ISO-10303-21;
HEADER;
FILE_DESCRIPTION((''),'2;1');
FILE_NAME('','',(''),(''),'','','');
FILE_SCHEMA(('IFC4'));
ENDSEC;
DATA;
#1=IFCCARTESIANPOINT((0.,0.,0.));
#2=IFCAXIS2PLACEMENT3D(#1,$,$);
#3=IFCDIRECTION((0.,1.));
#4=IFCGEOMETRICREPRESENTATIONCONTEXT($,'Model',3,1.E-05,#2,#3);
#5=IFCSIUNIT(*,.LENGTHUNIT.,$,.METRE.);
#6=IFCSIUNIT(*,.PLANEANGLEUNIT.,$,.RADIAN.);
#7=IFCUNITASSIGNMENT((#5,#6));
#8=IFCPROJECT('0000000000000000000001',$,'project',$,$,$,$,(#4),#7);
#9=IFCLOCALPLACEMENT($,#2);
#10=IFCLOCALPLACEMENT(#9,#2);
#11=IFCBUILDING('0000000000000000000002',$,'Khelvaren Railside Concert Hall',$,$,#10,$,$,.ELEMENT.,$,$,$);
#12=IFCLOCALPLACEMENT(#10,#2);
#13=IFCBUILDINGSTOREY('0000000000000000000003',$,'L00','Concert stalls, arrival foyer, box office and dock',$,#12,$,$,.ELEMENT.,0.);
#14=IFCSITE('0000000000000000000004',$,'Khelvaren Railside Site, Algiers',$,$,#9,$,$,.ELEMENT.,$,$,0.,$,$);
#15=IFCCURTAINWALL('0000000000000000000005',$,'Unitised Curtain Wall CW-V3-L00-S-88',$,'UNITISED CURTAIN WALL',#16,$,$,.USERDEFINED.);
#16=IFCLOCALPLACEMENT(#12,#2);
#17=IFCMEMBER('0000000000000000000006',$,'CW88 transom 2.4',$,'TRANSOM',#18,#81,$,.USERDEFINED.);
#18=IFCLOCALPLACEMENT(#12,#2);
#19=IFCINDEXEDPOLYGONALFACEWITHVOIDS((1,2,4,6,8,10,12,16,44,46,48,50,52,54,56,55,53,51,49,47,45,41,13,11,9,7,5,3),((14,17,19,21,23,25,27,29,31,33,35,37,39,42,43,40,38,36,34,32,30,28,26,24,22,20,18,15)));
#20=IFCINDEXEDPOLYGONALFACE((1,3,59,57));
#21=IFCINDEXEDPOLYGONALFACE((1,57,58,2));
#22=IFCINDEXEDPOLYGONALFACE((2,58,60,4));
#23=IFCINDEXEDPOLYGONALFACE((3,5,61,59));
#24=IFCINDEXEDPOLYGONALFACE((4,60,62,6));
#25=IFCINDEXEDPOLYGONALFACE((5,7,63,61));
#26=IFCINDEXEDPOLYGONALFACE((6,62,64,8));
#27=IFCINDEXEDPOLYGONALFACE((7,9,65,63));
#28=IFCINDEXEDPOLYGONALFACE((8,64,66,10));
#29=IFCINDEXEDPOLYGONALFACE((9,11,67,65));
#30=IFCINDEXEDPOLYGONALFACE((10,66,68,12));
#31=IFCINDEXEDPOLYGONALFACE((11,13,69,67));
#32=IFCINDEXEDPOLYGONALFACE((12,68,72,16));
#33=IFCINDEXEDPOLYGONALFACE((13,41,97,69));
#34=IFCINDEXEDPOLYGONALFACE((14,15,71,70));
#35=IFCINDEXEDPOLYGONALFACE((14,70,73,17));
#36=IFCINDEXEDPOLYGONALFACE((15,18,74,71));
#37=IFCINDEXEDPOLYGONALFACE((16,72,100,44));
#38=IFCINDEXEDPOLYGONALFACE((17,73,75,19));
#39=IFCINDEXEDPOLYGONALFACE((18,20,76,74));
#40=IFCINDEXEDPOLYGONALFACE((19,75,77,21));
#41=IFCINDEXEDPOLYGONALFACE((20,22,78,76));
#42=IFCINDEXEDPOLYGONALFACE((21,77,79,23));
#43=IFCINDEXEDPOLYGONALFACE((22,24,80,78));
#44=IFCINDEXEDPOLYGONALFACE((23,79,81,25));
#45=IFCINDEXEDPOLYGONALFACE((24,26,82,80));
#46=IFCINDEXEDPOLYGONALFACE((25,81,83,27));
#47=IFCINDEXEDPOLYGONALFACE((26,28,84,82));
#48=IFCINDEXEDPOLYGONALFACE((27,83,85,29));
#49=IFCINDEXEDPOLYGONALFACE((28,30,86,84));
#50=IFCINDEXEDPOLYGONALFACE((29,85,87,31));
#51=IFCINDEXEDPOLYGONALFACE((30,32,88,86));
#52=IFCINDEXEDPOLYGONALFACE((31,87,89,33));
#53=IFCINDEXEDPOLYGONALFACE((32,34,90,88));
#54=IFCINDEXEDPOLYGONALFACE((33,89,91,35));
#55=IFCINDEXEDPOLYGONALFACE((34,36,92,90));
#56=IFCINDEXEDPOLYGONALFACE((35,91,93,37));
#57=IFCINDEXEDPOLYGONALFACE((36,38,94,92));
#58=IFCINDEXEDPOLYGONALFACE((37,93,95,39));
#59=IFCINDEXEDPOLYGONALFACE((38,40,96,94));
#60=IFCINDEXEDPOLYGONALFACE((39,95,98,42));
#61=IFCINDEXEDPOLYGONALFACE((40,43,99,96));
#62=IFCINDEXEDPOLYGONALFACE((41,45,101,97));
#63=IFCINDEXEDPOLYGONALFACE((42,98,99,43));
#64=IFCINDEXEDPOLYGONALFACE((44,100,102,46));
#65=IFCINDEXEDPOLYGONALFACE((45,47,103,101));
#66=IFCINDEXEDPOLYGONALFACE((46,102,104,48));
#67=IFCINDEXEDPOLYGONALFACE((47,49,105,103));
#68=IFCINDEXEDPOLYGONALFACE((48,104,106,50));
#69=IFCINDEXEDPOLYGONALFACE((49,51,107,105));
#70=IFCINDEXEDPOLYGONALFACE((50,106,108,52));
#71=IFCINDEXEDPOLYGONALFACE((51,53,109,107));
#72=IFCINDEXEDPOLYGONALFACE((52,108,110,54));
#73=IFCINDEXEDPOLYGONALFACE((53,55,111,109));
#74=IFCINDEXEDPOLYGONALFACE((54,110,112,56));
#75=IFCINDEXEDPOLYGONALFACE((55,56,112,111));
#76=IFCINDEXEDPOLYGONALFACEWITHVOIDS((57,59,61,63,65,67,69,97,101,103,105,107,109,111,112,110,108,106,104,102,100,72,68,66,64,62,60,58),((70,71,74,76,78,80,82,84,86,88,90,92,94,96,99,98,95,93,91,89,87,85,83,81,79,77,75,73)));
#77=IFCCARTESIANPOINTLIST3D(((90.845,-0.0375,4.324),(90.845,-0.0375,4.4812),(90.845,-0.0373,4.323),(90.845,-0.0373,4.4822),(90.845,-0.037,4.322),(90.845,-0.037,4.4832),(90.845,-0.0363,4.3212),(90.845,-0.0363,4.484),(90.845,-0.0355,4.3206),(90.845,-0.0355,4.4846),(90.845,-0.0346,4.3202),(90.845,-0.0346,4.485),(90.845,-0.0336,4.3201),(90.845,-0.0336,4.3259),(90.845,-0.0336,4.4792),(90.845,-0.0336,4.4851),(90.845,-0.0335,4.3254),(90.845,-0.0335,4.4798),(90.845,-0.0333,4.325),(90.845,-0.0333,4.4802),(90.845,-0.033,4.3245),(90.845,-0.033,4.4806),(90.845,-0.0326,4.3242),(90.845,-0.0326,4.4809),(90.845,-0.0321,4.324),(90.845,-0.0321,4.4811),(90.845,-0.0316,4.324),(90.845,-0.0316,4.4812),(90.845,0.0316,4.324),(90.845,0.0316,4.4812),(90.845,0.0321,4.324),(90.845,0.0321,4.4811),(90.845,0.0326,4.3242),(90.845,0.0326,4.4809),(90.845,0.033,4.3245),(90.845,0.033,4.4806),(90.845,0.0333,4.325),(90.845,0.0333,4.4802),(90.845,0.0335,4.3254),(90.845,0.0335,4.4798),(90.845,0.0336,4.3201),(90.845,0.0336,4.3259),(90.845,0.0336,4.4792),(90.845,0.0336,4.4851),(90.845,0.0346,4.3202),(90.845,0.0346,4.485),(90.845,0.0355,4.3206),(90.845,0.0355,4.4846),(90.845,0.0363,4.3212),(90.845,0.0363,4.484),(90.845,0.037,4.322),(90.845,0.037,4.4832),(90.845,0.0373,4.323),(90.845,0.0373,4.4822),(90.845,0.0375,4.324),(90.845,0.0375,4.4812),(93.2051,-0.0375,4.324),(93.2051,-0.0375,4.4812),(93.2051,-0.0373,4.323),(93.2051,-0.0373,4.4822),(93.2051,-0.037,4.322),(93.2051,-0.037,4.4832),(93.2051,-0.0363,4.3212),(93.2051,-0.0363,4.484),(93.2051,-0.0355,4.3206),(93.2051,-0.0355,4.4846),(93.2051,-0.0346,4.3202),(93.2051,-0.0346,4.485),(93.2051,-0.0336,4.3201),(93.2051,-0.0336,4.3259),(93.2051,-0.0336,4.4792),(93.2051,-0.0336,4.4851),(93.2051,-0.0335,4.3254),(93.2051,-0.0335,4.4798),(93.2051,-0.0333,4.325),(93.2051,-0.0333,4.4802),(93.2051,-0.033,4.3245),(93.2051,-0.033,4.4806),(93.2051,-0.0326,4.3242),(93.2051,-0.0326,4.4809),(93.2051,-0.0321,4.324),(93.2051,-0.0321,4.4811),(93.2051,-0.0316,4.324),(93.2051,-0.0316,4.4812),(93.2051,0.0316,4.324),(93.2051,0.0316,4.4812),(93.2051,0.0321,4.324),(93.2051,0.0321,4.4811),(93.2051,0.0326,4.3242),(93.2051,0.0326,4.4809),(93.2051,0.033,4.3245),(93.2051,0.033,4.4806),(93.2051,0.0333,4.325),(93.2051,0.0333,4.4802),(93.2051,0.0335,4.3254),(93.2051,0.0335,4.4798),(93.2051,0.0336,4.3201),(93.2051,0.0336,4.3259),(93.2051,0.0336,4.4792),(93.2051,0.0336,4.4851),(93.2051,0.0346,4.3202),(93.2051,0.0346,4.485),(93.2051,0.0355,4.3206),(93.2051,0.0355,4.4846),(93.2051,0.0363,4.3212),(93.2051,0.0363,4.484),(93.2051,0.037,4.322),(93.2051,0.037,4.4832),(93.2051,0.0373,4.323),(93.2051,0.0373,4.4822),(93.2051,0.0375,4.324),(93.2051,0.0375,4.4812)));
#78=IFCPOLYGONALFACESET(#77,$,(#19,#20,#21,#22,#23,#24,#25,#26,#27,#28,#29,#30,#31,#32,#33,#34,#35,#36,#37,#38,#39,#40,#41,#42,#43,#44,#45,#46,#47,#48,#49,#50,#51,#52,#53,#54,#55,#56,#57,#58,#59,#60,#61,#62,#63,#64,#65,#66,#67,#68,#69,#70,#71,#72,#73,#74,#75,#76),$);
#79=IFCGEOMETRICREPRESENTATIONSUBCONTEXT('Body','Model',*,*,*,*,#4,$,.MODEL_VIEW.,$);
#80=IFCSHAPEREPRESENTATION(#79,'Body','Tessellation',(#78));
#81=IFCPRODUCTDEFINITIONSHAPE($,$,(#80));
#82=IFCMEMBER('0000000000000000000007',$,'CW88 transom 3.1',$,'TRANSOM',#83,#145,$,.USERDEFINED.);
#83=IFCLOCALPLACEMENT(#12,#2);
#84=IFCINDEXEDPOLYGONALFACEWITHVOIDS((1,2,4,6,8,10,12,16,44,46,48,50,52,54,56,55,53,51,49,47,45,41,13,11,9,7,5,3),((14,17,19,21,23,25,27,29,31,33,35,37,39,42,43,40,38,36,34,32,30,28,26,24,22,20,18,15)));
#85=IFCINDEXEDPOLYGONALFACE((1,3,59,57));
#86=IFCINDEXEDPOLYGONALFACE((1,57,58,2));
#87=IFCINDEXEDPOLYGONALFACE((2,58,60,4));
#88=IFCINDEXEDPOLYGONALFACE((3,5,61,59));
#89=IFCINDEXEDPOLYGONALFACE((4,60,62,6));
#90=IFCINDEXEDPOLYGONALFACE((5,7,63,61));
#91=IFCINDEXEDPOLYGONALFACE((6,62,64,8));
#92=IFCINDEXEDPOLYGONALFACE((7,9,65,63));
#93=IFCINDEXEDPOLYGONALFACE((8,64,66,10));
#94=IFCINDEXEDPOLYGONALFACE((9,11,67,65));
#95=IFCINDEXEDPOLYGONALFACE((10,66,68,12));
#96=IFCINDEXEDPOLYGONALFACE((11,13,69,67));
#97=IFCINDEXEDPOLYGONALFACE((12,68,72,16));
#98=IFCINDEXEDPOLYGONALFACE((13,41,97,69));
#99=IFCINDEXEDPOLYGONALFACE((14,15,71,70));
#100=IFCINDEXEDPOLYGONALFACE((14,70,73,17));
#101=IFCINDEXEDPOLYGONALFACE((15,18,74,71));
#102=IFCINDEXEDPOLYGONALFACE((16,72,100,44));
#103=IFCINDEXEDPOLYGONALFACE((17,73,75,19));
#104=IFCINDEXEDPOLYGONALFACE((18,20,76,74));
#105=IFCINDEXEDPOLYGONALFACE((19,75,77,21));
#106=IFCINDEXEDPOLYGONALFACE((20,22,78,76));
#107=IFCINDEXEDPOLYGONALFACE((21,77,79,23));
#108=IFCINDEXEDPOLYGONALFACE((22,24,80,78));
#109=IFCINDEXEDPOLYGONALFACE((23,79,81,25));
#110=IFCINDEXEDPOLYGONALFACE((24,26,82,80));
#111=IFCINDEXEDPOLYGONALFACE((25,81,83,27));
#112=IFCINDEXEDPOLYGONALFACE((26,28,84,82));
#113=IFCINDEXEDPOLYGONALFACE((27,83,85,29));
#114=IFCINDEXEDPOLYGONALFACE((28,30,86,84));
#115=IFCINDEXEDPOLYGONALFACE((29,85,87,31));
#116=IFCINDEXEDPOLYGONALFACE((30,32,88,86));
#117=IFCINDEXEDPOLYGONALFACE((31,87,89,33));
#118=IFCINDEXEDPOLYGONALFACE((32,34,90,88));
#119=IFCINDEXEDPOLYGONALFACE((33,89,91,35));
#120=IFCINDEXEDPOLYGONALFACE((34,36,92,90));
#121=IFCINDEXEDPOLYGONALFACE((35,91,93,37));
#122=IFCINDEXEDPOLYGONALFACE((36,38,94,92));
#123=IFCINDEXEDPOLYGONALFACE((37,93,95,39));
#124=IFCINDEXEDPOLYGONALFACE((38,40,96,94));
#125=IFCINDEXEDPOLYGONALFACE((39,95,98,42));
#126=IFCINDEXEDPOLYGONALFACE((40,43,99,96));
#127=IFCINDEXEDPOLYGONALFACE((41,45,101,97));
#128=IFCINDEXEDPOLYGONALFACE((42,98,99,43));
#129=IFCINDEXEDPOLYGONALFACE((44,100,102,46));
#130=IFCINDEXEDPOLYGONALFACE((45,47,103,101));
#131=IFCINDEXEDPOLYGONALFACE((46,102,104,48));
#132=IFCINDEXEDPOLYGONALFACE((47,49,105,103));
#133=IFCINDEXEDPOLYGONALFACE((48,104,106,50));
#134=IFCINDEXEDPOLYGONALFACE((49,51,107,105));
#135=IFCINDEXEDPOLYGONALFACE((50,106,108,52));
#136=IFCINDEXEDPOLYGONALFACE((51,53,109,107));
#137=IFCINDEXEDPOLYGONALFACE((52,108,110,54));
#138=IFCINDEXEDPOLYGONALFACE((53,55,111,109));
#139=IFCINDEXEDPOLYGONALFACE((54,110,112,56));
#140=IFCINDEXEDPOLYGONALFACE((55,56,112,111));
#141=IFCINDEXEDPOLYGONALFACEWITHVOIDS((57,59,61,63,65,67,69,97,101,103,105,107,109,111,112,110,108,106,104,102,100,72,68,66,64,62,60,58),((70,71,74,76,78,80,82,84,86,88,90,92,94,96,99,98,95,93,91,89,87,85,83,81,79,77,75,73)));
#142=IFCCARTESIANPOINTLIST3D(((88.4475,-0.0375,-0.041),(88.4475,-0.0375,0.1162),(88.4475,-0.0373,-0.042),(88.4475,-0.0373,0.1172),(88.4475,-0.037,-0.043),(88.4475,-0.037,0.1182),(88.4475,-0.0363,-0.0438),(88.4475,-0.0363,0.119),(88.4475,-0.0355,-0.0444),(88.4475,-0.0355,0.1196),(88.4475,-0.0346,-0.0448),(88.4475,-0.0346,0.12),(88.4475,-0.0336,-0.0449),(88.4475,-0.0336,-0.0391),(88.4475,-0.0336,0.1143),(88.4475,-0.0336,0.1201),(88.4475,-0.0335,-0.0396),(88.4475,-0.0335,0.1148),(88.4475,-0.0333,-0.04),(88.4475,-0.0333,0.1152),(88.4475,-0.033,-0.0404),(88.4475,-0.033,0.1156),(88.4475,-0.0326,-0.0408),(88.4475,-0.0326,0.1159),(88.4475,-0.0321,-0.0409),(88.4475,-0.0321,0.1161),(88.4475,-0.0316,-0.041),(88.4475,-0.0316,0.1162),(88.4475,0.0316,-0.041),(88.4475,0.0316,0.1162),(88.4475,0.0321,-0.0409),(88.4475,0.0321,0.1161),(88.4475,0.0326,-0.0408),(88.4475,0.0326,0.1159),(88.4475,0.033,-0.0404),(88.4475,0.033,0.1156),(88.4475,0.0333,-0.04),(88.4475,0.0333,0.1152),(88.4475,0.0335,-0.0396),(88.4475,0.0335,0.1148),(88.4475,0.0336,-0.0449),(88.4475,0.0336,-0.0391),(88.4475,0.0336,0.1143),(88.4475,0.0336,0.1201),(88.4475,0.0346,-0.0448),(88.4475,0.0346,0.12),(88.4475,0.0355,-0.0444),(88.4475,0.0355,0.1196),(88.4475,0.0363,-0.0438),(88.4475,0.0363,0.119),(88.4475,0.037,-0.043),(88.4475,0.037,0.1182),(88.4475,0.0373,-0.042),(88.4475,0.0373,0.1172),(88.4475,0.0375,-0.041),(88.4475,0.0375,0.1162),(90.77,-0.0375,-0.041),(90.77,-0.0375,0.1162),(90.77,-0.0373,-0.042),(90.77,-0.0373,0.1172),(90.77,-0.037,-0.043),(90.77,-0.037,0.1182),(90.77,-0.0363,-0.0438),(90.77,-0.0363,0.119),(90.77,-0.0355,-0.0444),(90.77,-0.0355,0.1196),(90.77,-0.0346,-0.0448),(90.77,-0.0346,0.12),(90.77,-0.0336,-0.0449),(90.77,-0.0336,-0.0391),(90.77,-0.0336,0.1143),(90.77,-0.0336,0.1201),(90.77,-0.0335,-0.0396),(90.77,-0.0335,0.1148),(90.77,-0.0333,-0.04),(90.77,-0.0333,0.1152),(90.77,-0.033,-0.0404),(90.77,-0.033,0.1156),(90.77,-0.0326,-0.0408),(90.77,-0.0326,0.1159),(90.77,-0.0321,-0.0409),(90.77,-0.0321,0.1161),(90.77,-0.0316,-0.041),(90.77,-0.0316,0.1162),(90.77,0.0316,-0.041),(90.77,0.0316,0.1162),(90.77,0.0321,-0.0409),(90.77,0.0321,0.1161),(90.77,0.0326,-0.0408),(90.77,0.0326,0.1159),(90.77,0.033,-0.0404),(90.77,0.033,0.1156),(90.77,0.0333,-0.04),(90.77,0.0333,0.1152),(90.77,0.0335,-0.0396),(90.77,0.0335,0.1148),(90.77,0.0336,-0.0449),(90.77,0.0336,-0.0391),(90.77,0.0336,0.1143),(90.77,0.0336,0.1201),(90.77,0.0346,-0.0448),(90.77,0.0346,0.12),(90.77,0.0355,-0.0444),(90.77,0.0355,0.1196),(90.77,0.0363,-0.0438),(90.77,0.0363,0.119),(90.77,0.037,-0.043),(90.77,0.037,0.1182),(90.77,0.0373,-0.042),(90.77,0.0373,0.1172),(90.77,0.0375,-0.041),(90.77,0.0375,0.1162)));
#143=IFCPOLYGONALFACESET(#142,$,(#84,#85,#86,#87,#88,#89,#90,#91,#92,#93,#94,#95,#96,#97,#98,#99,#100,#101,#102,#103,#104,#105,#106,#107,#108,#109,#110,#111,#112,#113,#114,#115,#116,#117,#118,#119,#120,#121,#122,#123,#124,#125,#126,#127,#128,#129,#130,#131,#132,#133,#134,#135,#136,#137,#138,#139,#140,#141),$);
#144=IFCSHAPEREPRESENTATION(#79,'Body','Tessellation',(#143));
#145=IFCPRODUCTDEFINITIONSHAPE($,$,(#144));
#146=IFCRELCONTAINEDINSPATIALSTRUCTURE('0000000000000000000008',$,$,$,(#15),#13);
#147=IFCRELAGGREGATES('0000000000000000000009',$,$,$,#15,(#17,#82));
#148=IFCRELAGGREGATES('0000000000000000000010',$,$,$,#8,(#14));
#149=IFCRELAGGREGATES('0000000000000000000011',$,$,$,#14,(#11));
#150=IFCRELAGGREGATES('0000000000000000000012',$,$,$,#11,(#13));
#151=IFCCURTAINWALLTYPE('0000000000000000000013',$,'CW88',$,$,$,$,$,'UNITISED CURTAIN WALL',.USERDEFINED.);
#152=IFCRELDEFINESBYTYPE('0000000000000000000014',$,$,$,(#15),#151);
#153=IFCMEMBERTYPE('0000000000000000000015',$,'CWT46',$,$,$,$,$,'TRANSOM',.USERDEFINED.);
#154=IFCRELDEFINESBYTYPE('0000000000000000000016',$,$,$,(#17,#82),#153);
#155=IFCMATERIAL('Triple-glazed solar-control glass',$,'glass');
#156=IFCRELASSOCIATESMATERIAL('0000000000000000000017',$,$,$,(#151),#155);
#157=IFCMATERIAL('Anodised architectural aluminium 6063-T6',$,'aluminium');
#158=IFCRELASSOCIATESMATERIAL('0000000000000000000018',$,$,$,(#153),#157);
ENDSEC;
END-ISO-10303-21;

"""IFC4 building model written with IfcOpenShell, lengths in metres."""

from ifc_helpers import new_model, si_unit, direction, frame, origin, origin_2d, place, context, subcontext, project, spatial, hollow_rectangle, extrude, material, material_profile, profile_set, type_object, element, aggregate, save


model = new_model("IFC4")

# Units and contexts
model_context = context("Model", 3, precision=1e-05, world=origin(), true_north=direction((0.0, 1.0)))
body_context = subcontext(model_context, "Body", "Model", "MODEL_VIEW")
ifc_project = project(units=[si_unit("LENGTHUNIT", "METRE"), si_unit("PLANEANGLEUNIT", "RADIAN")], contexts=[model_context])

# Site, building, storey
site_placement = place(None, origin())
site = spatial("IfcSite", under=ifc_project, at=site_placement, Name="Khelvaren Railside Site, Algiers", CompositionType="ELEMENT", RefElevation=0.0)
building_placement = place(site_placement, origin())
building = spatial("IfcBuilding", under=site, at=building_placement, Name="Khelvaren Railside Concert Hall", CompositionType="ELEMENT")
storey_placement = place(building_placement, origin())
storey = spatial("IfcBuildingStorey", under=building, at=storey_placement, Name="L00", Description="Concert stalls, arrival foyer, box office and dock", CompositionType="ELEMENT", Elevation=0.0)

# Curtain wall, members
ifc_material_1 = material(Name="Triple-glazed solar-control glass", Category="glass")
curtain_wall_type = type_object("IfcCurtainWallType", Name="CW88", ElementType="UNITISED CURTAIN WALL", PredefinedType="USERDEFINED", material=ifc_material_1)
curtain_wall_placement = place(storey_placement, origin())
curtain_wall = element("IfcCurtainWall", 1, at=curtain_wall_placement, inside=storey, type_object=curtain_wall_type, Name="Unitised Curtain Wall CW-V3-L00-S-88", ObjectType="UNITISED CURTAIN WALL", PredefinedType="USERDEFINED")
ifc_material_2 = material(Name="Anodised architectural aluminium 6063-T6", Category="aluminium")
ifc_material_profile_1 = material_profile(ifc_material_2, hollow_rectangle(XDim=0.075, YDim=0.165, WallThickness=0.0039, InnerFilletRadius=0.002, OuterFilletRadius=0.0039, at=origin_2d()), Name="CWT 75x165x4")
ifc_profile_set_1 = profile_set([ifc_material_profile_1], Name="Anodised architectural aluminium 6063-T6")
member_type_1 = type_object("IfcMemberType", Name="CWT46", ElementType="TRANSOM", PredefinedType="USERDEFINED", material=ifc_profile_set_1)
member_1_placement = place(storey_placement, frame((93.2051, 0.0, 4.4026), z_axis=(-1.0, 0.0, 0.0), x_axis=(0.0, -1.0, 0.0)))
member_1 = element("IfcMember", 2, at=member_1_placement, type_object=member_type_1, Name="CW88 transom 2.4", ObjectType="TRANSOM", PredefinedType="USERDEFINED", context=body_context, shape_type="SweptSolid", body=[
    extrude(hollow_rectangle(XDim=0.075, YDim=0.165, WallThickness=0.0039, InnerFilletRadius=0.002, OuterFilletRadius=0.0039, at=origin_2d()), origin(), (0.0, 0.0, 1.0), 2.3601),
])
member_2_placement = place(storey_placement, frame((90.77, 0.0, 0.0376), z_axis=(-1.0, 0.0, 0.0), x_axis=(0.0, -1.0, 0.0)))
member_2 = element("IfcMember", 3, at=member_2_placement, type_object=member_type_1, Name="CW88 transom 3.1", ObjectType="TRANSOM", PredefinedType="USERDEFINED", context=body_context, shape_type="SweptSolid", body=[
    extrude(hollow_rectangle(XDim=0.075, YDim=0.165, WallThickness=0.0039, InnerFilletRadius=0.002, OuterFilletRadius=0.0039, at=origin_2d()), origin(), (0.0, 0.0, 1.0), 2.3225),
])

aggregate(curtain_wall, [member_1, member_2])

save(model, "model.ifc")
